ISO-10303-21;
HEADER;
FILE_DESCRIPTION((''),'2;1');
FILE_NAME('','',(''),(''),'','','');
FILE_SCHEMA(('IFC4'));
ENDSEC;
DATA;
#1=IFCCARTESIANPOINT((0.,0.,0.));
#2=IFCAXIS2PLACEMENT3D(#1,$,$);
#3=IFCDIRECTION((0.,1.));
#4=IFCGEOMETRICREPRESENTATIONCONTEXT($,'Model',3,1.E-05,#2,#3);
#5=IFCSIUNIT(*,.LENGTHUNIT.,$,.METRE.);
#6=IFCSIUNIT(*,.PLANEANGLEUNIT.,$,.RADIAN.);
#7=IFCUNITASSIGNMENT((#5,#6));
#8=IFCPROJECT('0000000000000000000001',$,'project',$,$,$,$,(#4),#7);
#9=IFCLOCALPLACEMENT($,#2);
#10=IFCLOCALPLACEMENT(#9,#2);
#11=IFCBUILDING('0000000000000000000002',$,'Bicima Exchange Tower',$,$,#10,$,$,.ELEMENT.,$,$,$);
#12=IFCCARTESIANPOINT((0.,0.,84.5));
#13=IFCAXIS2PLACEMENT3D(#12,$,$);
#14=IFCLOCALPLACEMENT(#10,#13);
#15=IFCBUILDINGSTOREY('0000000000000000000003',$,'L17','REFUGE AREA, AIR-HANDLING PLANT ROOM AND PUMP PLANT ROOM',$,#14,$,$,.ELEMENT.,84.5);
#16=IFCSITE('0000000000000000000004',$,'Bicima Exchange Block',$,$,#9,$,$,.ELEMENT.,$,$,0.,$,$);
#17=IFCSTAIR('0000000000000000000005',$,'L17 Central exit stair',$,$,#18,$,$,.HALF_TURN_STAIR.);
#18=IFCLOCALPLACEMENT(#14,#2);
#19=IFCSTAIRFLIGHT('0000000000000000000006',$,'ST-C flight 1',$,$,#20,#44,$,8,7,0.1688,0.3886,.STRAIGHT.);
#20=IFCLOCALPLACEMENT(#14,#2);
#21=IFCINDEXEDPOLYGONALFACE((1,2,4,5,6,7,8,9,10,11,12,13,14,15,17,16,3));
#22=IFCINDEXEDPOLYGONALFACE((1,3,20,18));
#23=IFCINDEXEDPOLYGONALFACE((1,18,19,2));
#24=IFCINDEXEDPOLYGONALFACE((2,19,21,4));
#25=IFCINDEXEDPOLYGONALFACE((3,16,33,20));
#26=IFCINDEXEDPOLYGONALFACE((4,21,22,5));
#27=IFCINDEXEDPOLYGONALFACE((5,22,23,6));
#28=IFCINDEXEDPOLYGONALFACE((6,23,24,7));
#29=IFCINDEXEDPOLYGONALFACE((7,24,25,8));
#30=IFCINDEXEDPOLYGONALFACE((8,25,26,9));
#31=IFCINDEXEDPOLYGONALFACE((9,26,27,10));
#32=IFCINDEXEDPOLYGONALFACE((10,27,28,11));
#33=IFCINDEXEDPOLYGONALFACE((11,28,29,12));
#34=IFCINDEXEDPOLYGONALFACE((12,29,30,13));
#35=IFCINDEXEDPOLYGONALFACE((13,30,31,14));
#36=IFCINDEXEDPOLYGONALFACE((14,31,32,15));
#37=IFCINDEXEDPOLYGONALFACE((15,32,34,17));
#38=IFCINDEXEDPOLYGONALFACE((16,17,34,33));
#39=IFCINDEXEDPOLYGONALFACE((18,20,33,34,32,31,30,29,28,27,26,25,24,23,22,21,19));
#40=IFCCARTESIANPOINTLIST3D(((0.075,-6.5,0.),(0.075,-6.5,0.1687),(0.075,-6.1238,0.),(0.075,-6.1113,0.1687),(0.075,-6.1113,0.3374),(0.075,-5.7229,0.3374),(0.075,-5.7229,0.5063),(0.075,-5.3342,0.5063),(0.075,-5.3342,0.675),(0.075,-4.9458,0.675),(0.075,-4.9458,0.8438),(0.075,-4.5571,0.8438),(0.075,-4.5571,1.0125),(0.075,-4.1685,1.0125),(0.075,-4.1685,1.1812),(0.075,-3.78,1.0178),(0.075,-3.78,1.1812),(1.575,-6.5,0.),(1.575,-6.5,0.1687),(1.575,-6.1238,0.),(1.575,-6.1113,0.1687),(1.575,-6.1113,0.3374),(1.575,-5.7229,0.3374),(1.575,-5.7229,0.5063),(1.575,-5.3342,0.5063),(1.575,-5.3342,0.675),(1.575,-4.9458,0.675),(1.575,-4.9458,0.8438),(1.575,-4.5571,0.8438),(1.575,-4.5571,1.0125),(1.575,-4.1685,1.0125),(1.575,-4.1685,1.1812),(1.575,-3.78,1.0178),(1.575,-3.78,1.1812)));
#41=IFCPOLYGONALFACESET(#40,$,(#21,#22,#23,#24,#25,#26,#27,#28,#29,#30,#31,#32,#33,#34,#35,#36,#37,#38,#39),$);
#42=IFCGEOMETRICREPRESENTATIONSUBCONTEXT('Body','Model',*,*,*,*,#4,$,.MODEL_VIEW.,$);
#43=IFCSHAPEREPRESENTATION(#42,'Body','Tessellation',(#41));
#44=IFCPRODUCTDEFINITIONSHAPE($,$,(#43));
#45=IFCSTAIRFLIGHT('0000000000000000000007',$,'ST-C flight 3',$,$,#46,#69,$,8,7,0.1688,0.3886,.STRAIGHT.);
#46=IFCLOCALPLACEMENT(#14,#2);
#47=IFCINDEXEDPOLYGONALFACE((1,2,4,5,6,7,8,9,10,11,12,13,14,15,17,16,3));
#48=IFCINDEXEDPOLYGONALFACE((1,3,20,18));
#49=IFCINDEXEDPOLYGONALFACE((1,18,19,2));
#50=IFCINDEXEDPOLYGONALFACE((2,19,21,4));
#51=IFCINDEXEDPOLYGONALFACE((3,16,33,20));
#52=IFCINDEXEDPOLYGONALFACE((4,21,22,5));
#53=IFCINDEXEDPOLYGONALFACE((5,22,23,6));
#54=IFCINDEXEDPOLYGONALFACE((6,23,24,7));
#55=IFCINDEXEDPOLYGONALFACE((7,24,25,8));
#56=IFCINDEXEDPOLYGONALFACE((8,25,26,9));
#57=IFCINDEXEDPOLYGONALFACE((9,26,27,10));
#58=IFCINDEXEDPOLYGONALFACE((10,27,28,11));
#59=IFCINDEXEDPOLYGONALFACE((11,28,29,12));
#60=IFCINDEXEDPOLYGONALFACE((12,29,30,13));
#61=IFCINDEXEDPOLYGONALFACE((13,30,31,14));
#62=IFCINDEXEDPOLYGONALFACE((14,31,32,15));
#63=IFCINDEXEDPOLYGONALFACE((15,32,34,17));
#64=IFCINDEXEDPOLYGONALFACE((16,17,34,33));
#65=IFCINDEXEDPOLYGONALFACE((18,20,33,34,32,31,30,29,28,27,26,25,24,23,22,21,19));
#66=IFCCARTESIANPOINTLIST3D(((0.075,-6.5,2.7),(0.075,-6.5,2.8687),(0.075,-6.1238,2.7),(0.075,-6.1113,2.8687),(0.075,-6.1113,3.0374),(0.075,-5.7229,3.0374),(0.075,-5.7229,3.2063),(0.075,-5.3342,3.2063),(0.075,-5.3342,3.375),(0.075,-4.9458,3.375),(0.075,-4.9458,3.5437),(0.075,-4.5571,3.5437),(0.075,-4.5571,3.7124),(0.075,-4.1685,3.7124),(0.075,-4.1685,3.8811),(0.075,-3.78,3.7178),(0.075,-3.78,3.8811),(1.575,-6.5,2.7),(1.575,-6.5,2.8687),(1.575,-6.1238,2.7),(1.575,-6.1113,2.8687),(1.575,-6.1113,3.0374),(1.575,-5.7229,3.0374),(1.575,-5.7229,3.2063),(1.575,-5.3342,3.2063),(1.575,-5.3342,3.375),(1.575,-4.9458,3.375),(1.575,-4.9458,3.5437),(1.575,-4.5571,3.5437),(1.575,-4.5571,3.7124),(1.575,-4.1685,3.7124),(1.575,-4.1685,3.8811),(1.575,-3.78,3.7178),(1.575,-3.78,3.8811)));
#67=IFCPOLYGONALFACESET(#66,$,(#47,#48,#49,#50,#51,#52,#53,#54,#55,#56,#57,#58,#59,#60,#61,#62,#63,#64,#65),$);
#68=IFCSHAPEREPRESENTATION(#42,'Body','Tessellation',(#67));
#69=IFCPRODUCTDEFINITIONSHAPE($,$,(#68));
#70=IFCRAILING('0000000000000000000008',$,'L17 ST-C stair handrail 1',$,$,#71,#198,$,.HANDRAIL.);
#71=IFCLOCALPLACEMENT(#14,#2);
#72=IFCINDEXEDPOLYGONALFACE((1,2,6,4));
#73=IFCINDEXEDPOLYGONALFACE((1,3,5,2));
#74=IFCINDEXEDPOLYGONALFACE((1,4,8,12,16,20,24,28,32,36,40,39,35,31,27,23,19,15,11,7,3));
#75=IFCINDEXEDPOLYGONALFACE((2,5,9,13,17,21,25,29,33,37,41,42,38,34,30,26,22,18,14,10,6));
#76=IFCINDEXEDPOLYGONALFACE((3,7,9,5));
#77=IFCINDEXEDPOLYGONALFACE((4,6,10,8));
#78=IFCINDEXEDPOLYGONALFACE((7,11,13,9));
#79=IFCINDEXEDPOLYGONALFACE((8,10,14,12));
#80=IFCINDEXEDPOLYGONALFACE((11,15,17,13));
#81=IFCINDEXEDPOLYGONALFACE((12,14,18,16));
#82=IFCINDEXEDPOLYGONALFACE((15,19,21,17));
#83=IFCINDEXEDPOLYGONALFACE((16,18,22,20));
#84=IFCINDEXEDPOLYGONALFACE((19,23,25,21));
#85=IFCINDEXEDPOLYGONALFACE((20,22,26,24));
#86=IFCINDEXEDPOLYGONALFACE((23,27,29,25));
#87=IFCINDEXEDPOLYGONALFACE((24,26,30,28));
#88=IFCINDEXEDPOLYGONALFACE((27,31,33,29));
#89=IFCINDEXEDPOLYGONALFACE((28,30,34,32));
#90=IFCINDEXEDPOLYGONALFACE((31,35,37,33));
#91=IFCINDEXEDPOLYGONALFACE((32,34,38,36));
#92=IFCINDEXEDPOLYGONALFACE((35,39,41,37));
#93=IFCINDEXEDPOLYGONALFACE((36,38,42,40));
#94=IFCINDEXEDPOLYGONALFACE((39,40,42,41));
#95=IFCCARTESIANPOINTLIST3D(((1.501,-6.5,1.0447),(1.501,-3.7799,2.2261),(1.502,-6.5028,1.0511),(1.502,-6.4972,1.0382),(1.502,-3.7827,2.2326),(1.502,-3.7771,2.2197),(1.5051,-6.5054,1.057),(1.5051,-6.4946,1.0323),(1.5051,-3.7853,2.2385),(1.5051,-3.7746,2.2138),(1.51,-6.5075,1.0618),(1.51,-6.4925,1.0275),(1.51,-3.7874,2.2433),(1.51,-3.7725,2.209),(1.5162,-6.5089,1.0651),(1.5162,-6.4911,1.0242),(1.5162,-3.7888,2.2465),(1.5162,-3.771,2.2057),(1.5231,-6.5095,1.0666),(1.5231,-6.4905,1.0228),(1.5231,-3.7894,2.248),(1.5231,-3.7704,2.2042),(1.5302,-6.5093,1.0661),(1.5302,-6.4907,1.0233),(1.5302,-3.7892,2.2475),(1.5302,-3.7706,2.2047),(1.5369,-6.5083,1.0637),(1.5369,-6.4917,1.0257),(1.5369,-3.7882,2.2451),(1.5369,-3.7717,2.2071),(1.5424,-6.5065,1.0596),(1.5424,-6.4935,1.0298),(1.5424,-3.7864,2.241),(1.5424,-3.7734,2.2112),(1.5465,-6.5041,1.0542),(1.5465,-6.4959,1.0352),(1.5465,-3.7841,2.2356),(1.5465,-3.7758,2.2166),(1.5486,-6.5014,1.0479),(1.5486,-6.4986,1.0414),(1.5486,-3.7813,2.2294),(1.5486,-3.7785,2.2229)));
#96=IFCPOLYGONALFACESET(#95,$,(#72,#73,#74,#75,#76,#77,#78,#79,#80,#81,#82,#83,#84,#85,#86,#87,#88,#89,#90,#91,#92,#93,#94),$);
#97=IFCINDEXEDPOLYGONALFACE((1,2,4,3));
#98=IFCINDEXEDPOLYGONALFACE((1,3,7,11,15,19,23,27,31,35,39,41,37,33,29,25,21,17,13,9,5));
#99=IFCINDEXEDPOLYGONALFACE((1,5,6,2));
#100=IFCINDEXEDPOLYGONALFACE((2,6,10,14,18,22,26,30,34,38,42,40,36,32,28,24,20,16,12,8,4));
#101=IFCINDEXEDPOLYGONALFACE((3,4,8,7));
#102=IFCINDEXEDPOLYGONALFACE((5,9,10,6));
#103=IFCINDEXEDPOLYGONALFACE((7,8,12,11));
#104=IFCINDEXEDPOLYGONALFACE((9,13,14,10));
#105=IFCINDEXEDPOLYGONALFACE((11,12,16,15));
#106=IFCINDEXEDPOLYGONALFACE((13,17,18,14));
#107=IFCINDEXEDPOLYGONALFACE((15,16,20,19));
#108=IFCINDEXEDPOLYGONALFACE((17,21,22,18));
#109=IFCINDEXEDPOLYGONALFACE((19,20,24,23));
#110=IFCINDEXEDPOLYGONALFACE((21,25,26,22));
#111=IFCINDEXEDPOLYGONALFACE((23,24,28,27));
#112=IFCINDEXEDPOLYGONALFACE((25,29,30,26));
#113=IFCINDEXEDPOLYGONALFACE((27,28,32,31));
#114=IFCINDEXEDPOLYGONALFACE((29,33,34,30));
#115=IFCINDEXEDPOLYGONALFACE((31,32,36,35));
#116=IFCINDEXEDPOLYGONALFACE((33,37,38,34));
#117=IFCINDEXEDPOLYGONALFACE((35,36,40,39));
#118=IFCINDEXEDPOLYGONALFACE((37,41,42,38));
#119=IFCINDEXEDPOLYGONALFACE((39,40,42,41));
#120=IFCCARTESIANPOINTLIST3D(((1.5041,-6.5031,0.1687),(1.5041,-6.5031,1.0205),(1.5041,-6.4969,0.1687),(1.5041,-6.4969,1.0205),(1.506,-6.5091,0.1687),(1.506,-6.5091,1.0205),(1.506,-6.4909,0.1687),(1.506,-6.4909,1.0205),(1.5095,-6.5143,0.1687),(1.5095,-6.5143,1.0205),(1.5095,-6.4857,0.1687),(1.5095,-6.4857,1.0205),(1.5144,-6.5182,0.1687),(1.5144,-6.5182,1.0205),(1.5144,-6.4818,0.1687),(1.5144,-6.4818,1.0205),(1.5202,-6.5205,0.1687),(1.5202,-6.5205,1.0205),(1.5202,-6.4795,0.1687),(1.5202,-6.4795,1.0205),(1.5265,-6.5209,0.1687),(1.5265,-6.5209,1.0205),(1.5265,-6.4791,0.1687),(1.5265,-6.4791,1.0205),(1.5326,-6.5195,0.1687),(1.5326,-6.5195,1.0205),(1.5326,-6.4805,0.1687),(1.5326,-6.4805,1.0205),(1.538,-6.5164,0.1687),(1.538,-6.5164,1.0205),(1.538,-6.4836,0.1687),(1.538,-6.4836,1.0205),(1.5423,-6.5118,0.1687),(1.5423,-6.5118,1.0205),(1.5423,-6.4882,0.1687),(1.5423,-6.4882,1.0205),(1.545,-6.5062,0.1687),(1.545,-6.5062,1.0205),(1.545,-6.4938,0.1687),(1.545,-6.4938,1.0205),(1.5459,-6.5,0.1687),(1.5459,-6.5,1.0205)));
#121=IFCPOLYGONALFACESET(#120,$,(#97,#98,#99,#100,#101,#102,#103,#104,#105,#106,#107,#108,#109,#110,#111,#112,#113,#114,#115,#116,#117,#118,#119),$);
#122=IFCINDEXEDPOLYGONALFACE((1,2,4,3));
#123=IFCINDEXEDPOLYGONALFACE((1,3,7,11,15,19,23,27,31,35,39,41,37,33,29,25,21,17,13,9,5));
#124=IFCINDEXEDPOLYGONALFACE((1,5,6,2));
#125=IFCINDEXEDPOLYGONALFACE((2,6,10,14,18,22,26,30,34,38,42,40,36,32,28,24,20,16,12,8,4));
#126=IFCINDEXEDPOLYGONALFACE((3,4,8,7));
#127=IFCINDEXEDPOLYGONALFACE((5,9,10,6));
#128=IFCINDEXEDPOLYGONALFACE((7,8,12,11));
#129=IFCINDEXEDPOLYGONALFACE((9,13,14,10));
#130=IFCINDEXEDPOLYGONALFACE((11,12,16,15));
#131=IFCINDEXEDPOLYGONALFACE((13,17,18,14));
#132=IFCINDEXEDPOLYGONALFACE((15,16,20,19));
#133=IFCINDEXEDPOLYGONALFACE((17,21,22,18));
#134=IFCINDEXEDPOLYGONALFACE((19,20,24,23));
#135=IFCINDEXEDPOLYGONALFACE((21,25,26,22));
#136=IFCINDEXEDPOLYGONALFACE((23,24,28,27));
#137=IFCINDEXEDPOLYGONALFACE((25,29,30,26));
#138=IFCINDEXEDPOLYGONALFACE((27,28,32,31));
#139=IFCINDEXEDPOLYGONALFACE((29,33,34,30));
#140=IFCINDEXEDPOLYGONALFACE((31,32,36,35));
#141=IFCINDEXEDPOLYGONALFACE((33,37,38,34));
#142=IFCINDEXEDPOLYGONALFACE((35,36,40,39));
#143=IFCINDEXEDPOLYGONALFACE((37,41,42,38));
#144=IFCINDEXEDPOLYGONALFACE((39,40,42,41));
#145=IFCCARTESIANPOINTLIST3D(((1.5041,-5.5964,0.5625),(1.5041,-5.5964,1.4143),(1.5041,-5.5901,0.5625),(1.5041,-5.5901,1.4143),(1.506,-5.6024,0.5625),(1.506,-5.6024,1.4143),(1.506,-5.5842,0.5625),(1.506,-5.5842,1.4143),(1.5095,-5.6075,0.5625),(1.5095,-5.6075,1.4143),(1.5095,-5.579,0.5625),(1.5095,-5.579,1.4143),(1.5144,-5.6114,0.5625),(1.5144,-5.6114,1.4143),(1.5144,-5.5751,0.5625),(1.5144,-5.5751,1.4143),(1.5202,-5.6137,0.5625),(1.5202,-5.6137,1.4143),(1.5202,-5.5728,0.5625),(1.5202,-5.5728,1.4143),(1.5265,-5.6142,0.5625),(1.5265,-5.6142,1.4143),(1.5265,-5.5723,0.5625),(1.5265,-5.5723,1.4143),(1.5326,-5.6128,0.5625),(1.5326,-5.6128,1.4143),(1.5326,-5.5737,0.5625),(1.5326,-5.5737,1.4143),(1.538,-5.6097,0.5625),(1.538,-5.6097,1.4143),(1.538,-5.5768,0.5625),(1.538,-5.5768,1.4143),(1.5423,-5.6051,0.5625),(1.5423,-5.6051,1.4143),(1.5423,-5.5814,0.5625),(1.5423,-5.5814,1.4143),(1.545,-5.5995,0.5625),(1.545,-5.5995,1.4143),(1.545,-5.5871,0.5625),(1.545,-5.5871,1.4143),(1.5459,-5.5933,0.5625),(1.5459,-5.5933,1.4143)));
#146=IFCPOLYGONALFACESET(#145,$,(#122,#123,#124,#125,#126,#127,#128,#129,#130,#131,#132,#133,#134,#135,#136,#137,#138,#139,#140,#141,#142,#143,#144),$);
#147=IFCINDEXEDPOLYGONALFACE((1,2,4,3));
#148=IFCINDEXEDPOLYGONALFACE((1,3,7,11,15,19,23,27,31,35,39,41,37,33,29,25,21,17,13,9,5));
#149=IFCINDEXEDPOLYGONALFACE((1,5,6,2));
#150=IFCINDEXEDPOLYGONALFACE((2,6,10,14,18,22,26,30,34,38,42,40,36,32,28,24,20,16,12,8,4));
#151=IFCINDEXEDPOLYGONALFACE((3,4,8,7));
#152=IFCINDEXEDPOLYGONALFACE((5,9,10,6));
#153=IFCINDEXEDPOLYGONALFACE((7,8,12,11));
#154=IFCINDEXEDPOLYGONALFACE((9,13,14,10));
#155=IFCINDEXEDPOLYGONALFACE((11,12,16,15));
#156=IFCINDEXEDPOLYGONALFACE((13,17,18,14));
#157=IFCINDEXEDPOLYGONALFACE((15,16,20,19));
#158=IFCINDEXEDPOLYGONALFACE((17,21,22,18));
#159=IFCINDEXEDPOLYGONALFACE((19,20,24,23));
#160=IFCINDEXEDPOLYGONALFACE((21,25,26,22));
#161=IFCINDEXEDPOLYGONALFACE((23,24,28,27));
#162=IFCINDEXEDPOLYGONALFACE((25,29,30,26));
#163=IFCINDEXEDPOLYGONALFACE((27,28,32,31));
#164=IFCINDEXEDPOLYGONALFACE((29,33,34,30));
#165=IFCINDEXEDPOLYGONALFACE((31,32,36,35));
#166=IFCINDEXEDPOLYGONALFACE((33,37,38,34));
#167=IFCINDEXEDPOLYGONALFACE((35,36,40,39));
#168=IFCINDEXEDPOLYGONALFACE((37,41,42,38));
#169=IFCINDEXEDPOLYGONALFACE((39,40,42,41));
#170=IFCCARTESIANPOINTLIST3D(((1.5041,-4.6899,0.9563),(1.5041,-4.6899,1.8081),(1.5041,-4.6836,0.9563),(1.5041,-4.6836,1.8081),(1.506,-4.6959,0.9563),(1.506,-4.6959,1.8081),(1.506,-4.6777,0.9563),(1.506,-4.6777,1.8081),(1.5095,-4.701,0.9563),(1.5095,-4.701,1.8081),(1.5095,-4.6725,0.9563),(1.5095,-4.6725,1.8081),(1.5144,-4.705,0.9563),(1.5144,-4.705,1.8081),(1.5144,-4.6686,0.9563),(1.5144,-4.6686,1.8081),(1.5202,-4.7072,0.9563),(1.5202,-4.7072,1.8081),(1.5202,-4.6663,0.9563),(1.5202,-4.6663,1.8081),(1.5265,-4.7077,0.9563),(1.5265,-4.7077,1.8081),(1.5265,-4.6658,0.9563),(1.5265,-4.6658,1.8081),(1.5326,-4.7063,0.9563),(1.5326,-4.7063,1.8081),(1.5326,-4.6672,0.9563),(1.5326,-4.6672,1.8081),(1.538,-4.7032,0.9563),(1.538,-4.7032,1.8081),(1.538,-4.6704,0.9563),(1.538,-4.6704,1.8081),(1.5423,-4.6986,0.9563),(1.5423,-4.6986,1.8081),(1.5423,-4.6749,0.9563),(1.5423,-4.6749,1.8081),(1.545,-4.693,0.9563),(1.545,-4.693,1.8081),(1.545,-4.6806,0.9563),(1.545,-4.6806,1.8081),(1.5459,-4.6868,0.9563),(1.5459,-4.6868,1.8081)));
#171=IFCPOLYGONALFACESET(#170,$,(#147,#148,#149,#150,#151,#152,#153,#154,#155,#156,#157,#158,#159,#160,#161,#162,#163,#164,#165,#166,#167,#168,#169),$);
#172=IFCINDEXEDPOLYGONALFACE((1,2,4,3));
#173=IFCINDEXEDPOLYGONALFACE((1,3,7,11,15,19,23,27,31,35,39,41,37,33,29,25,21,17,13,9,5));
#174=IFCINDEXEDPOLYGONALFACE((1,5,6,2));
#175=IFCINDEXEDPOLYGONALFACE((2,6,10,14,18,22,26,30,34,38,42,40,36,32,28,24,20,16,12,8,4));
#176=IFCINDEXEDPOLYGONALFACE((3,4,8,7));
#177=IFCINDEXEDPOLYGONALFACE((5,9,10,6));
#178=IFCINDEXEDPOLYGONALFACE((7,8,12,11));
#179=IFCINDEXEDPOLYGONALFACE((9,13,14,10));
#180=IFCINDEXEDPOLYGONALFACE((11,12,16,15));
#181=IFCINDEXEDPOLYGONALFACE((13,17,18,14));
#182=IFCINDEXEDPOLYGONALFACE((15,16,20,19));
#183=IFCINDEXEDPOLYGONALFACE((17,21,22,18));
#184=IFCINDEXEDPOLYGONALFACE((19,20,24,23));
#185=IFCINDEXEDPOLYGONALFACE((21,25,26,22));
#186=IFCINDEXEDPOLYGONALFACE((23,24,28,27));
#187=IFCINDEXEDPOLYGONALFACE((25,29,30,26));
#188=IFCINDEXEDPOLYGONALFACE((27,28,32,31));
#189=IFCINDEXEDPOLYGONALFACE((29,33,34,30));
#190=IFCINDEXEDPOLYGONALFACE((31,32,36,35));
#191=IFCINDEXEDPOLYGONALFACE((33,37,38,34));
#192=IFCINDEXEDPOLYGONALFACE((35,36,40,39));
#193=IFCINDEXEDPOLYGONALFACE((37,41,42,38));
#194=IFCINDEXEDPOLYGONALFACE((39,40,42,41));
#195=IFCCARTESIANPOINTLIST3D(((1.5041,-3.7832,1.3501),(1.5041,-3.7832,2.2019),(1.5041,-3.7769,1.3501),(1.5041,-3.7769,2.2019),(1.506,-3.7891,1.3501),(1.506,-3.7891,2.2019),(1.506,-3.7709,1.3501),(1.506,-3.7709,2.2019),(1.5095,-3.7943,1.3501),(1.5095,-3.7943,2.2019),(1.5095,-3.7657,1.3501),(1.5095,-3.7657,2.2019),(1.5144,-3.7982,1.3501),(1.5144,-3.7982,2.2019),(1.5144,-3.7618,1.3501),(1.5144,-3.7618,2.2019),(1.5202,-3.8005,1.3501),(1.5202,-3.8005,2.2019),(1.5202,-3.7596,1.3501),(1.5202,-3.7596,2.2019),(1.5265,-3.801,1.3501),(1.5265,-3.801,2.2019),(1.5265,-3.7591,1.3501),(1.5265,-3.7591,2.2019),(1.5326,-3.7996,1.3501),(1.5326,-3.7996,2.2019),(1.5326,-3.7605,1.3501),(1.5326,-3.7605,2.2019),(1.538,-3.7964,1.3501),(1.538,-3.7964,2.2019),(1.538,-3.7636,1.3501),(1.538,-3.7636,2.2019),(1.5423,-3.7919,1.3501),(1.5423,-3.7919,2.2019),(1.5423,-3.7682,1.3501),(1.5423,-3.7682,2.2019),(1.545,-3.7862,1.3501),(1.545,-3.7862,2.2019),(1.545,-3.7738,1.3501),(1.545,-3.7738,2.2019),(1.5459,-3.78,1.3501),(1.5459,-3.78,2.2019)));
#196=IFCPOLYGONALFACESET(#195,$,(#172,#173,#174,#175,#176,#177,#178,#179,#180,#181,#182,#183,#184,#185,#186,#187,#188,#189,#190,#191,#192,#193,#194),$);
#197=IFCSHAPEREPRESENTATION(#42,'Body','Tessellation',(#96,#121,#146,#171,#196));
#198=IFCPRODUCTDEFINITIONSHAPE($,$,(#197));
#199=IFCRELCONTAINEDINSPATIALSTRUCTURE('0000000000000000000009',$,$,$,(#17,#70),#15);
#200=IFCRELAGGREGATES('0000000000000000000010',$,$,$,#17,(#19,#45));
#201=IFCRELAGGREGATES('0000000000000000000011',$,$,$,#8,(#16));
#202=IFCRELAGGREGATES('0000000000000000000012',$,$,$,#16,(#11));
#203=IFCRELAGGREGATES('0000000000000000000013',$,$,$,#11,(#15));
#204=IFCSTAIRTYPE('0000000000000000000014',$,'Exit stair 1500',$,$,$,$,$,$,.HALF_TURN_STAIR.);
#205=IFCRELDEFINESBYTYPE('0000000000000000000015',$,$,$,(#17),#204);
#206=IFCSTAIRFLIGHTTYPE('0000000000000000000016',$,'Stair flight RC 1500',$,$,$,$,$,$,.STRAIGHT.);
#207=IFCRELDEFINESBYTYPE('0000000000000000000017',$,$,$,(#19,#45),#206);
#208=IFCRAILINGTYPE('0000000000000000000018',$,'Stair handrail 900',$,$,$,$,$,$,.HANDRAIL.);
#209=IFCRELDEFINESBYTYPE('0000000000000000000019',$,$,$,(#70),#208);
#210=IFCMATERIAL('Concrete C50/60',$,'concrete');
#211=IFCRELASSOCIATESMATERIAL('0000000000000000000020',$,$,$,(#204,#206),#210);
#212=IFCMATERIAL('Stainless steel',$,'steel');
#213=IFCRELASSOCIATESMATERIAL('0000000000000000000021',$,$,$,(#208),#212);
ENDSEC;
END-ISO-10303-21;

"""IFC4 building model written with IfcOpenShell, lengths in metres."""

from ifc_helpers import new_model, si_unit, direction, frame, origin, origin_2d, place, context, subcontext, project, spatial, polyline, circle, outline, extrude, material, type_object, element, aggregate, save


model = new_model("IFC4")

# Units and contexts
model_context = context("Model", 3, precision=1e-05, world=origin(), true_north=direction((0.0, 1.0)))
body_context = subcontext(model_context, "Body", "Model", "MODEL_VIEW")
ifc_project = project(units=[si_unit("LENGTHUNIT", "METRE"), si_unit("PLANEANGLEUNIT", "RADIAN")], contexts=[model_context])

# Site, building, storey
site_placement = place(None, origin())
site = spatial("IfcSite", under=ifc_project, at=site_placement, Name="Bicima Exchange Block", CompositionType="ELEMENT", RefElevation=0.0)
building_placement = place(site_placement, origin())
building = spatial("IfcBuilding", under=site, at=building_placement, Name="Bicima Exchange Tower", CompositionType="ELEMENT")
storey_placement = place(building_placement, frame((0.0, 0.0, 84.5)))
storey = spatial("IfcBuildingStorey", under=building, at=storey_placement, Name="L17", Description="REFUGE AREA, AIR-HANDLING PLANT ROOM AND PUMP PLANT ROOM", CompositionType="ELEMENT", Elevation=84.5)

# Stair
ifc_material_1 = material(Name="Concrete C50/60", Category="concrete")
stair_type_1 = type_object("IfcStairType", Name="Exit stair 1500", PredefinedType="HALF_TURN_STAIR", material=ifc_material_1)
stair_1_placement = place(storey_placement, origin())
stair_1 = element("IfcStair", 1, at=stair_1_placement, inside=storey, type_object=stair_type_1, Name="L17 Central exit stair", PredefinedType="HALF_TURN_STAIR")

# Shared definitions
ifc_material_2 = material(Name="Stainless steel", Category="steel")

# Stair flights
stair_flight_type = type_object("IfcStairFlightType", Name="Stair flight RC 1500", PredefinedType="STRAIGHT", material=ifc_material_1)
stair_flight_1_placement = place(storey_placement, frame((0.825, -6.5, 0.0), z_axis=(0.0, 0.0, 1.0), x_axis=(0.0, 1.0, 0.0)))
stair_flight_1 = element("IfcStairFlight", 2, at=stair_flight_1_placement, type_object=stair_flight_type, Name="ST-C flight 1", NumberOfRisers=8, NumberOfTreads=7, PredefinedType="STRAIGHT", RiserHeight=0.1688, TreadLength=0.3886, context=body_context, shape_type="SweptSolid", body=[
    extrude(outline(polyline([(0.0, 0.0), (0.0, 0.1687), (0.3887, 0.1687), (0.3887, 0.3374), (0.7771, 0.3374), (0.7771, 0.5063), (1.1658, 0.5063), (1.1658, 0.675), (1.5542, 0.675), (1.5542, 0.8438), (1.9429, 0.8438), (1.9429, 1.0125), (2.3315, 1.0125), (2.3315, 1.1812), (2.72, 1.1812), (2.72, 1.3501), (2.72, 1.0178), (0.3762, 0.0), (0.0, 0.0)])), frame((0.0, 0.75, 0.0), z_axis=(0.0, -1.0, 0.0), x_axis=(1.0, 0.0, 0.0)), (0.0, 0.0, 1.0), 1.5),
])
stair_flight_2_placement = place(storey_placement, frame((0.825, -6.5, 2.7), z_axis=(0.0, 0.0, 1.0), x_axis=(0.0, 1.0, 0.0)))
stair_flight_2 = element("IfcStairFlight", 3, at=stair_flight_2_placement, type_object=stair_flight_type, Name="ST-C flight 3", NumberOfRisers=8, NumberOfTreads=7, PredefinedType="STRAIGHT", RiserHeight=0.1688, TreadLength=0.3886, context=body_context, shape_type="SweptSolid", body=[
    extrude(outline(polyline([(0.0, 0.0), (0.0, 0.1687), (0.3887, 0.1687), (0.3887, 0.3374), (0.7771, 0.3374), (0.7771, 0.5063), (1.1658, 0.5063), (1.1658, 0.675), (1.5542, 0.675), (1.5542, 0.8438), (1.9429, 0.8438), (1.9429, 1.0125), (2.3315, 1.0125), (2.3315, 1.1812), (2.72, 1.1812), (2.72, 1.3501), (2.72, 1.0178), (0.3762, 0.0), (0.0, 0.0)])), frame((0.0, 0.75, 0.0), z_axis=(0.0, -1.0, 0.0), x_axis=(1.0, 0.0, 0.0)), (0.0, 0.0, 1.0), 1.5),
])
aggregate(stair_1, [stair_flight_1, stair_flight_2])

# Railing
railing_type_1 = type_object("IfcRailingType", Name="Stair handrail 900", PredefinedType="HANDRAIL", material=ifc_material_2)
for number, where, name in (
    (4, (1.5249, -6.5, 0.1687), "L17 ST-C stair handrail 1"),
):
    element("IfcRailing", number, at=place(storey_placement, frame(where)), inside=storey, type_object=railing_type_1, Name=name, PredefinedType="HANDRAIL", context=body_context, shape_type="SweptSolid", body=[
        extrude(circle(Radius=0.0239, at=origin_2d()), frame((0.0, 0.0, 0.876), z_axis=(0.0, 0.917218, 0.398386), x_axis=(-1.0, 0.0, 0.0)), (0.0, 0.0, 1.0), 2.9656),
        extrude(circle(Radius=0.021, at=origin_2d()), origin(), (0.0, 0.0, 1.0), 0.8518),
        extrude(circle(Radius=0.021, at=origin_2d()), frame((0.0, 0.9067, 0.3938)), (0.0, 0.0, 1.0), 0.8518),
        extrude(circle(Radius=0.021, at=origin_2d()), frame((0.0, 1.8132, 0.7876)), (0.0, 0.0, 1.0), 0.8518),
        extrude(circle(Radius=0.021, at=origin_2d()), frame((0.0, 2.72, 1.1814)), (0.0, 0.0, 1.0), 0.8518),
    ])

save(model, "model.ifc")
